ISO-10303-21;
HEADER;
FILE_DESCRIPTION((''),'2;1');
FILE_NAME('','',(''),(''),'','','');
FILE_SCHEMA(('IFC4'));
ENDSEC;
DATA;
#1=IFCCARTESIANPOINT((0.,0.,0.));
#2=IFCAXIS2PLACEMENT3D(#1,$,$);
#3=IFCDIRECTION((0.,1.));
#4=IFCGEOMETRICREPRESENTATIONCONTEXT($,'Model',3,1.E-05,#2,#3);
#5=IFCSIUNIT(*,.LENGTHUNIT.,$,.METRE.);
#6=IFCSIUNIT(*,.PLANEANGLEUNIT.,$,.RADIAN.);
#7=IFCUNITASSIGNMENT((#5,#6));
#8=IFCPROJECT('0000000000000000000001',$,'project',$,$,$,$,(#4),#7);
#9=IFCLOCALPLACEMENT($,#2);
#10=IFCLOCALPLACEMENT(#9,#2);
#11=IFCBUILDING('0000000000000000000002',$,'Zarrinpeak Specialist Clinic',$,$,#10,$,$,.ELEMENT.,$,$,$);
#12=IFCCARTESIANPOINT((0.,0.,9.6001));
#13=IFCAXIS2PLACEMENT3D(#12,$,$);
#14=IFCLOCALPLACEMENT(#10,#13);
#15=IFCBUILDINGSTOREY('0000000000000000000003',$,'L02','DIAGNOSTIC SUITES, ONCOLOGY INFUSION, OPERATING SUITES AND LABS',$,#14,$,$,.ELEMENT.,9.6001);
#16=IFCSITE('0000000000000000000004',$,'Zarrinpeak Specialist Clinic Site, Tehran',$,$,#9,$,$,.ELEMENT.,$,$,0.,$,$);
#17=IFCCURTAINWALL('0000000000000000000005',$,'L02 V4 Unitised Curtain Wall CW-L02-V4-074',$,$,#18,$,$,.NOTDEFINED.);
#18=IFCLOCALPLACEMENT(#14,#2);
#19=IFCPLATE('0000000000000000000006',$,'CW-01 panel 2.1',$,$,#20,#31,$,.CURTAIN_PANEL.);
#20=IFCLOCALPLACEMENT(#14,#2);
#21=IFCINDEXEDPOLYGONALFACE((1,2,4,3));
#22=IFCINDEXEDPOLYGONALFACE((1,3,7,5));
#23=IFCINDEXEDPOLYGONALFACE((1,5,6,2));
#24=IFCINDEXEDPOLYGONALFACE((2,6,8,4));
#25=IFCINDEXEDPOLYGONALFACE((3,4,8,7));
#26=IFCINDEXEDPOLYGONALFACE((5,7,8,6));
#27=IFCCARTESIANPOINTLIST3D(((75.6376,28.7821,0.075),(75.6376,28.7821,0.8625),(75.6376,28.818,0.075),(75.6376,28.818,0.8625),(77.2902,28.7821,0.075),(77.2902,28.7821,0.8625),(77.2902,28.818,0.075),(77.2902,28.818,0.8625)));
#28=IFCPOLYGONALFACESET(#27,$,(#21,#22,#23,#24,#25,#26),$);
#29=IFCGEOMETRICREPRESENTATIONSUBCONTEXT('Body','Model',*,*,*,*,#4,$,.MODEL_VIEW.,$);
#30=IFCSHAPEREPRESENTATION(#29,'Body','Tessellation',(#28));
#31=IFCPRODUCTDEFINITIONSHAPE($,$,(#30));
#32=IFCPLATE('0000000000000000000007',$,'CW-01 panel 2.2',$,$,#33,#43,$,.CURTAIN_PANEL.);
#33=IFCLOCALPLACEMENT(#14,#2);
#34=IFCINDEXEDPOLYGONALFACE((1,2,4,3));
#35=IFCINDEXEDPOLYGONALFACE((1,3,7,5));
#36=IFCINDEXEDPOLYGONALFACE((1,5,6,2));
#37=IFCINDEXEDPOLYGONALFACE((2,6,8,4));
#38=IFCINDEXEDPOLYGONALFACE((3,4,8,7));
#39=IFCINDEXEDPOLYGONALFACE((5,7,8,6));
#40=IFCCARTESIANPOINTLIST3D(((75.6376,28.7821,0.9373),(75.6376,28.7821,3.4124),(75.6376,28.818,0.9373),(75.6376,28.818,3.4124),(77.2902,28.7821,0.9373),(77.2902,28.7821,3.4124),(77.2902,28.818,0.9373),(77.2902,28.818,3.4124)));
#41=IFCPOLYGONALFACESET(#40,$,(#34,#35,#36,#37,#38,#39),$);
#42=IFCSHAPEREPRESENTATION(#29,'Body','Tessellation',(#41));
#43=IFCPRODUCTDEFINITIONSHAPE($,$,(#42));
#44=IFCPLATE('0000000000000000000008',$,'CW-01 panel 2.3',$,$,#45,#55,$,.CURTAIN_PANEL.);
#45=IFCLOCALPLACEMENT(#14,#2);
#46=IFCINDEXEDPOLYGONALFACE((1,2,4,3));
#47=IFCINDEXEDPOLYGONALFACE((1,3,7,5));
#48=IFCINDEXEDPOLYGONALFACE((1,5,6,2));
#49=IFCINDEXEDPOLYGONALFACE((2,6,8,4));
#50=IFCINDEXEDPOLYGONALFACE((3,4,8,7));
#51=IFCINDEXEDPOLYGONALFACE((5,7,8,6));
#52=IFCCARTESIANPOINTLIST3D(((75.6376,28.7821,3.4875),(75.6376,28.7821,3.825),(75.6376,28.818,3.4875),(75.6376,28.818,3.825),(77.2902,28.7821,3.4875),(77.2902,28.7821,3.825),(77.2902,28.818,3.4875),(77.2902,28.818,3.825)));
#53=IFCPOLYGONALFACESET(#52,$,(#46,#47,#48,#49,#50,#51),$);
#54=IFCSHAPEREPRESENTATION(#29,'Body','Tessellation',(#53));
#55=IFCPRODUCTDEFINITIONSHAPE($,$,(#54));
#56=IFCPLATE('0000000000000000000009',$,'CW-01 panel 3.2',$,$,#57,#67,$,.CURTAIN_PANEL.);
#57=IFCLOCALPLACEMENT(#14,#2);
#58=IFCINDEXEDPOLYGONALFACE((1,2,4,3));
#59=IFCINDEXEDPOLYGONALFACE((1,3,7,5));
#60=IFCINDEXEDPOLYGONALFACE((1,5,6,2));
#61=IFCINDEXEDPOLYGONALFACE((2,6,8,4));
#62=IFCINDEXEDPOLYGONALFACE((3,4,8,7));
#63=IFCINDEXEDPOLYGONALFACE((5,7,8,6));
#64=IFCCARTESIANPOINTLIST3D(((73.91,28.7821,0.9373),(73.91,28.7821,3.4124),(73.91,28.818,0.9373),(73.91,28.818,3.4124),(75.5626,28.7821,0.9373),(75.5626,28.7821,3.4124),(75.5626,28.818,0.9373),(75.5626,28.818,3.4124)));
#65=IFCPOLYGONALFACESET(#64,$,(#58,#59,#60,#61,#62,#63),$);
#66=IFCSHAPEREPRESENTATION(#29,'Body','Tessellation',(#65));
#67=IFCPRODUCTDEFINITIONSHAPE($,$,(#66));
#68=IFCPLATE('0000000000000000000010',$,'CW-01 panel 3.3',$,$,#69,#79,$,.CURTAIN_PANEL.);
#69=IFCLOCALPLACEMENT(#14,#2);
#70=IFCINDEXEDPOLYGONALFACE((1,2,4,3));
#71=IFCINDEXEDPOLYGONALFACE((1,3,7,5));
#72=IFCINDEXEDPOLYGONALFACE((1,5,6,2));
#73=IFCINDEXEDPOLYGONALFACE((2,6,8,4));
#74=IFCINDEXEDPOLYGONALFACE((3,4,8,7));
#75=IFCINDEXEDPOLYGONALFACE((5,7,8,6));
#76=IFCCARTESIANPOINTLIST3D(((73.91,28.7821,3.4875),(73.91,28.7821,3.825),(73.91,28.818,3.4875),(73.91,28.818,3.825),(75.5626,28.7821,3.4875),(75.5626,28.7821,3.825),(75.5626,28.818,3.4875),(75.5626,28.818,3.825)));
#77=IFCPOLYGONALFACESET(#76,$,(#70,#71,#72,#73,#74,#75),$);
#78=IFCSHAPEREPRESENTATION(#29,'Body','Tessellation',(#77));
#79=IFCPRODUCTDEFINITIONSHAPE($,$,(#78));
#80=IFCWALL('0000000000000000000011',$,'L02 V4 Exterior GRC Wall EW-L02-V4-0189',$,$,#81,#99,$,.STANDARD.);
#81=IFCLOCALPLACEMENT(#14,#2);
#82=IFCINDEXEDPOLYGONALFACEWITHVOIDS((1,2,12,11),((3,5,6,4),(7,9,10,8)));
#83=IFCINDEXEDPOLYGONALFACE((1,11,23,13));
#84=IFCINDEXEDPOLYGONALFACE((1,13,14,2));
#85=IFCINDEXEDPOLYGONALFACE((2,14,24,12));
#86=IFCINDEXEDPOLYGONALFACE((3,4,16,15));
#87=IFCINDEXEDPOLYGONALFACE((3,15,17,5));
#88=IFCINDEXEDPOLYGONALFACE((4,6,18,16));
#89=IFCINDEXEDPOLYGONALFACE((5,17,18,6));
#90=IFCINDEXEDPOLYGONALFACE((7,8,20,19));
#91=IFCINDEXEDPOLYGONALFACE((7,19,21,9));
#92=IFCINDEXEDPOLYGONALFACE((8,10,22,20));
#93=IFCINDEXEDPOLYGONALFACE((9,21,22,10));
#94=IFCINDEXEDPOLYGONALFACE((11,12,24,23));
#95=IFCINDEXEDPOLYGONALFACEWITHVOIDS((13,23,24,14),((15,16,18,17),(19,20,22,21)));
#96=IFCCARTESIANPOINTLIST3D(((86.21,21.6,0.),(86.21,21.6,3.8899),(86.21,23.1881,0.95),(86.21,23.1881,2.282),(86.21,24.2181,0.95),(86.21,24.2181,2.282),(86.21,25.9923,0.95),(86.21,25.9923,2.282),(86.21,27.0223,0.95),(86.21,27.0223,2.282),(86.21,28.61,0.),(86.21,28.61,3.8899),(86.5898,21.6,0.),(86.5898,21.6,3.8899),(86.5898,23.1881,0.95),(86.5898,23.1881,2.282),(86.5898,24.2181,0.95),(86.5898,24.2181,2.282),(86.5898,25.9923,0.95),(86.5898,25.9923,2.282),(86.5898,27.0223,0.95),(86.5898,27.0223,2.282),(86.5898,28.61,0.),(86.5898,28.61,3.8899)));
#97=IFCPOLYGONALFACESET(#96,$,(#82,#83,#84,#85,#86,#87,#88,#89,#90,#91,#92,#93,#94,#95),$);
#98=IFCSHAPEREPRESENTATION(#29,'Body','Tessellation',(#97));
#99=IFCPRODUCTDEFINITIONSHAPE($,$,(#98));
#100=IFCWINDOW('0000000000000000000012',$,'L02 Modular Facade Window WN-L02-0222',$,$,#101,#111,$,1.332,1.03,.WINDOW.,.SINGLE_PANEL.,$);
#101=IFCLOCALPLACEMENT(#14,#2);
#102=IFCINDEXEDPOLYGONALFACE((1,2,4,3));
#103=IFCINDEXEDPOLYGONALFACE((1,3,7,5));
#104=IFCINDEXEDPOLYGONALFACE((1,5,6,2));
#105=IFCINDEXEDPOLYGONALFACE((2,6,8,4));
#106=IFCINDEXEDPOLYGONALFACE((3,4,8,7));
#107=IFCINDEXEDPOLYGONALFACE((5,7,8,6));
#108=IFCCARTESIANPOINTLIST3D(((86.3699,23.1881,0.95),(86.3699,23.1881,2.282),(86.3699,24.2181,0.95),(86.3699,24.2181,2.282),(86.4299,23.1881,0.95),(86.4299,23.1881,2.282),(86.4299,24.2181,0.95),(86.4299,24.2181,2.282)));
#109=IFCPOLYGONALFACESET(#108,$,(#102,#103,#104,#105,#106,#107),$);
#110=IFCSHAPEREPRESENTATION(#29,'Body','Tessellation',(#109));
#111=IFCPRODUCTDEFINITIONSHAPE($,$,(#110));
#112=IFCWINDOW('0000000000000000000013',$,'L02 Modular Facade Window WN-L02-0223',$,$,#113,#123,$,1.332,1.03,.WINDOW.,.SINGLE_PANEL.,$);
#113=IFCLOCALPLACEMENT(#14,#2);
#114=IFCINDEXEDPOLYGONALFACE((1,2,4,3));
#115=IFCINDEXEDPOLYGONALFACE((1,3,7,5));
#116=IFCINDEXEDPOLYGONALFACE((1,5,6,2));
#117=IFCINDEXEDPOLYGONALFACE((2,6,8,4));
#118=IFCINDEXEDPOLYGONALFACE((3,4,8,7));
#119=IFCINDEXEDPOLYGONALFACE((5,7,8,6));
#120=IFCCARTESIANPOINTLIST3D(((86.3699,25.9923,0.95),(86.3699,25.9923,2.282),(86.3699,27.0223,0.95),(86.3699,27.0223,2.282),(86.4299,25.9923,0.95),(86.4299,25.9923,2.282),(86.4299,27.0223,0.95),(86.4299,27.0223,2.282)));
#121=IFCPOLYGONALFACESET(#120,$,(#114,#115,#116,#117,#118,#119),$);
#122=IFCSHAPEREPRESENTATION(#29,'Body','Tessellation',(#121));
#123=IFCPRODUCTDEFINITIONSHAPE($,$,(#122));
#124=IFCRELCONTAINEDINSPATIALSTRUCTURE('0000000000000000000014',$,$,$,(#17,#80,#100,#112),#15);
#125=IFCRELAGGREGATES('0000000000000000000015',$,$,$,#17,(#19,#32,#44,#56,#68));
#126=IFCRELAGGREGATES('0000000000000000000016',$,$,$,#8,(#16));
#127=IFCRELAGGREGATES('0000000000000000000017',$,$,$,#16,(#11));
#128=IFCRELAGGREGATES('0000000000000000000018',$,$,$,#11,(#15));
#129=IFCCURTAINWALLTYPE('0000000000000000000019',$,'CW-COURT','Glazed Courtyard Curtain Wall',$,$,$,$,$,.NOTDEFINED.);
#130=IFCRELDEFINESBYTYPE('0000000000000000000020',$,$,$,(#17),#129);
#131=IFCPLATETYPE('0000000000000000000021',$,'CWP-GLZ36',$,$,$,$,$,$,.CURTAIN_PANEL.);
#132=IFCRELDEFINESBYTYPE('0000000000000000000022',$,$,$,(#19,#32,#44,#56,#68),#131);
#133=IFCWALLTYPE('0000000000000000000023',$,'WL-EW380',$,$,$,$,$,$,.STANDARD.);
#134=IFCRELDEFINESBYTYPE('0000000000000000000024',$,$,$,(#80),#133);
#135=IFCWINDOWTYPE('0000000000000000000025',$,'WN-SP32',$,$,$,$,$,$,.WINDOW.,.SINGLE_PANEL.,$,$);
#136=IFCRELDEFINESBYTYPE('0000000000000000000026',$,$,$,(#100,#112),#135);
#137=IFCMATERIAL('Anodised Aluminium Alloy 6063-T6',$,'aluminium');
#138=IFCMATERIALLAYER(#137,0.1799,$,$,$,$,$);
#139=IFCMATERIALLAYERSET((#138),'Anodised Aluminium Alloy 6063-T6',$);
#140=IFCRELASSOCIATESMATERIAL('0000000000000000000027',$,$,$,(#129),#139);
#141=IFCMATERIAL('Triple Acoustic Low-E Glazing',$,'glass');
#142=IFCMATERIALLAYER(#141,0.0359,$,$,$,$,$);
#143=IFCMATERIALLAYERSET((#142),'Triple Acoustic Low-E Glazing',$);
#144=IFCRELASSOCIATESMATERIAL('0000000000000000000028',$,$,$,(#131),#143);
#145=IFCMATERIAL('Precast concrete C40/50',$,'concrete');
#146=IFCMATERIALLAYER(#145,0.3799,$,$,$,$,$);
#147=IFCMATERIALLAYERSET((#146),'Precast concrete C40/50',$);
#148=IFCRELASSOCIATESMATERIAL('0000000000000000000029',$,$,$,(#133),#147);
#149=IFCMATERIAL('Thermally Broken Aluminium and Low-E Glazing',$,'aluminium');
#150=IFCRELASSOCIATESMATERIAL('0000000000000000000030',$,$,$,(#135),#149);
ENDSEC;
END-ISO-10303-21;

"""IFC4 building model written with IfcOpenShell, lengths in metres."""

from ifc_helpers import new_model, si_unit, direction, frame, frame_2d, origin, origin_2d, place, context, subcontext, project, spatial, rectangle, extrude, material, layer, layer_set, type_object, element, fill, aggregate, save


model = new_model("IFC4")

# Units and contexts
model_context = context("Model", 3, precision=1e-05, world=origin(), true_north=direction((0.0, 1.0)))
body_context = subcontext(model_context, "Body", "Model", "MODEL_VIEW")
ifc_project = project(units=[si_unit("LENGTHUNIT", "METRE"), si_unit("PLANEANGLEUNIT", "RADIAN")], contexts=[model_context])

# Site, building, storey
site_placement = place(None, origin())
site = spatial("IfcSite", under=ifc_project, at=site_placement, Name="Zarrinpeak Specialist Clinic Site, Tehran", CompositionType="ELEMENT", RefElevation=0.0)
building_placement = place(site_placement, origin())
building = spatial("IfcBuilding", under=site, at=building_placement, Name="Zarrinpeak Specialist Clinic", CompositionType="ELEMENT")
storey_placement = place(building_placement, frame((0.0, 0.0, 9.6001)))
storey = spatial("IfcBuildingStorey", under=building, at=storey_placement, Name="L02", Description="DIAGNOSTIC SUITES, ONCOLOGY INFUSION, OPERATING SUITES AND LABS", CompositionType="ELEMENT", Elevation=9.6001)

# Curtain wall, plates
ifc_material_1 = material(Name="Anodised Aluminium Alloy 6063-T6", Category="aluminium")
ifc_layer_1 = layer(ifc_material_1, 0.1799)
ifc_layer_set_1 = layer_set([ifc_layer_1], Name="Anodised Aluminium Alloy 6063-T6")
curtain_wall_type = type_object("IfcCurtainWallType", Name="CW-COURT", Description="Glazed Courtyard Curtain Wall", PredefinedType="NOTDEFINED", material=ifc_layer_set_1)
curtain_wall_placement = place(storey_placement, origin())
curtain_wall = element("IfcCurtainWall", 1, at=curtain_wall_placement, inside=storey, type_object=curtain_wall_type, Name="L02 V4 Unitised Curtain Wall CW-L02-V4-074", PredefinedType="NOTDEFINED")
ifc_material_2 = material(Name="Triple Acoustic Low-E Glazing", Category="glass")
ifc_layer_2 = layer(ifc_material_2, 0.0359)
ifc_layer_set_2 = layer_set([ifc_layer_2], Name="Triple Acoustic Low-E Glazing")
plate_type = type_object("IfcPlateType", Name="CWP-GLZ36", PredefinedType="CURTAIN_PANEL", material=ifc_layer_set_2)
plate_1_placement = place(storey_placement, frame((76.4639, 28.8, 0.075), z_axis=(0.0, 0.0, 1.0), x_axis=(-1.0, 0.0, 0.0)))
plate_1 = element("IfcPlate", 2, at=plate_1_placement, type_object=plate_type, Name="CW-01 panel 2.1", PredefinedType="CURTAIN_PANEL", context=body_context, shape_type="SweptSolid", body=[
    extrude(rectangle(XDim=1.6526, YDim=0.0359, at=origin_2d()), origin(), (0.0, 0.0, 1.0), 0.7876),
])
plate_2_placement = place(storey_placement, frame((76.4639, 28.8, 0.9373), z_axis=(0.0, 0.0, 1.0), x_axis=(-1.0, 0.0, 0.0)))
plate_2 = element("IfcPlate", 3, at=plate_2_placement, type_object=plate_type, Name="CW-01 panel 2.2", PredefinedType="CURTAIN_PANEL", context=body_context, shape_type="SweptSolid", body=[
    extrude(rectangle(XDim=1.6526, YDim=0.0359, at=origin_2d()), origin(), (0.0, 0.0, 1.0), 2.4751),
])
plate_3_placement = place(storey_placement, frame((76.4639, 28.8, 3.4875), z_axis=(0.0, 0.0, 1.0), x_axis=(-1.0, 0.0, 0.0)))
plate_3 = element("IfcPlate", 4, at=plate_3_placement, type_object=plate_type, Name="CW-01 panel 2.3", PredefinedType="CURTAIN_PANEL", context=body_context, shape_type="SweptSolid", body=[
    extrude(rectangle(XDim=1.6526, YDim=0.0359, at=origin_2d()), origin(), (0.0, 0.0, 1.0), 0.3374),
])
plate_4_placement = place(storey_placement, frame((74.7363, 28.8, 0.9373), z_axis=(0.0, 0.0, 1.0), x_axis=(-1.0, 0.0, 0.0)))
plate_4 = element("IfcPlate", 5, at=plate_4_placement, type_object=plate_type, Name="CW-01 panel 3.2", PredefinedType="CURTAIN_PANEL", context=body_context, shape_type="SweptSolid", body=[
    extrude(rectangle(XDim=1.6526, YDim=0.0359, at=origin_2d()), origin(), (0.0, 0.0, 1.0), 2.4751),
])
plate_5_placement = place(storey_placement, frame((74.7363, 28.8, 3.4875), z_axis=(0.0, 0.0, 1.0), x_axis=(-1.0, 0.0, 0.0)))
plate_5 = element("IfcPlate", 6, at=plate_5_placement, type_object=plate_type, Name="CW-01 panel 3.3", PredefinedType="CURTAIN_PANEL", context=body_context, shape_type="SweptSolid", body=[
    extrude(rectangle(XDim=1.6526, YDim=0.0359, at=origin_2d()), origin(), (0.0, 0.0, 1.0), 0.3374),
])
aggregate(curtain_wall, [plate_1, plate_2, plate_3, plate_4, plate_5])

# Wall, openings, windows
ifc_material_3 = material(Name="Precast concrete C40/50", Category="concrete")
ifc_layer_3 = layer(ifc_material_3, 0.3799)
ifc_layer_set_3 = layer_set([ifc_layer_3], Name="Precast concrete C40/50")
wall_type = type_object("IfcWallType", Name="WL-EW380", PredefinedType="STANDARD", material=ifc_layer_set_3)
wall_placement = place(storey_placement, frame((86.3999, 21.6001, 0.0), z_axis=(0.0, 0.0, 1.0), x_axis=(0.0, 1.0, 0.0)))
wall = element("IfcWall", 7, at=wall_placement, inside=storey, type_object=wall_type, Name="L02 V4 Exterior GRC Wall EW-L02-V4-0189", PredefinedType="STANDARD", context=body_context, shape_type="SweptSolid", body=[
    extrude(rectangle(XDim=7.01, YDim=0.3799, at=frame_2d((3.5049, 0.0))), origin(), (0.0, 0.0, 1.0), 3.8899),
])
opening_1_placement = place(wall_placement, frame((1.5879, 0.0, 0.95)))
opening_1 = element("IfcOpeningElement", 8, at=opening_1_placement, cuts=wall, PredefinedType="OPENING", context=body_context, shape_type="SweptSolid", body=[
    extrude(rectangle(XDim=1.03, YDim=1.332, at=frame_2d((0.5151, 0.666))), frame((0.0, 0.2, 0.0), z_axis=(0.0, -1.0, 0.0), x_axis=(1.0, 0.0, 0.0)), (0.0, 0.0, 1.0), 0.3999),
])
opening_2_placement = place(wall_placement, frame((4.3921, 0.0, 0.95)))
opening_2 = element("IfcOpeningElement", 9, at=opening_2_placement, cuts=wall, PredefinedType="OPENING", context=body_context, shape_type="SweptSolid", body=[
    extrude(rectangle(XDim=1.03, YDim=1.332, at=frame_2d((0.5151, 0.666))), frame((0.0, 0.2, 0.0), z_axis=(0.0, -1.0, 0.0), x_axis=(1.0, 0.0, 0.0)), (0.0, 0.0, 1.0), 0.3999),
])
ifc_material_4 = material(Name="Thermally Broken Aluminium and Low-E Glazing", Category="aluminium")
window_type = type_object("IfcWindowType", Name="WN-SP32", PartitioningType="SINGLE_PANEL", PredefinedType="WINDOW", material=ifc_material_4)
window_1_placement = place(opening_1_placement, origin())
window_1 = element("IfcWindow", 10, at=window_1_placement, inside=storey, type_object=window_type, Name="L02 Modular Facade Window WN-L02-0222", OverallHeight=1.332, OverallWidth=1.03, PartitioningType="SINGLE_PANEL", PredefinedType="WINDOW", context=body_context, shape_type="SweptSolid", body=[
    extrude(rectangle(XDim=1.03, YDim=1.332, at=frame_2d((0.5151, 0.666))), frame((0.0, 0.03, 0.0), z_axis=(0.0, -1.0, 0.0), x_axis=(1.0, 0.0, 0.0)), (0.0, 0.0, 1.0), 0.0601),
])
fill(opening_1, window_1)
window_2_placement = place(opening_2_placement, origin())
window_2 = element("IfcWindow", 11, at=window_2_placement, inside=storey, type_object=window_type, Name="L02 Modular Facade Window WN-L02-0223", OverallHeight=1.332, OverallWidth=1.03, PartitioningType="SINGLE_PANEL", PredefinedType="WINDOW", context=body_context, shape_type="SweptSolid", body=[
    extrude(rectangle(XDim=1.03, YDim=1.332, at=frame_2d((0.5151, 0.666))), frame((0.0, 0.03, 0.0), z_axis=(0.0, -1.0, 0.0), x_axis=(1.0, 0.0, 0.0)), (0.0, 0.0, 1.0), 0.0601),
])
fill(opening_2, window_2)

save(model, "model.ifc")
